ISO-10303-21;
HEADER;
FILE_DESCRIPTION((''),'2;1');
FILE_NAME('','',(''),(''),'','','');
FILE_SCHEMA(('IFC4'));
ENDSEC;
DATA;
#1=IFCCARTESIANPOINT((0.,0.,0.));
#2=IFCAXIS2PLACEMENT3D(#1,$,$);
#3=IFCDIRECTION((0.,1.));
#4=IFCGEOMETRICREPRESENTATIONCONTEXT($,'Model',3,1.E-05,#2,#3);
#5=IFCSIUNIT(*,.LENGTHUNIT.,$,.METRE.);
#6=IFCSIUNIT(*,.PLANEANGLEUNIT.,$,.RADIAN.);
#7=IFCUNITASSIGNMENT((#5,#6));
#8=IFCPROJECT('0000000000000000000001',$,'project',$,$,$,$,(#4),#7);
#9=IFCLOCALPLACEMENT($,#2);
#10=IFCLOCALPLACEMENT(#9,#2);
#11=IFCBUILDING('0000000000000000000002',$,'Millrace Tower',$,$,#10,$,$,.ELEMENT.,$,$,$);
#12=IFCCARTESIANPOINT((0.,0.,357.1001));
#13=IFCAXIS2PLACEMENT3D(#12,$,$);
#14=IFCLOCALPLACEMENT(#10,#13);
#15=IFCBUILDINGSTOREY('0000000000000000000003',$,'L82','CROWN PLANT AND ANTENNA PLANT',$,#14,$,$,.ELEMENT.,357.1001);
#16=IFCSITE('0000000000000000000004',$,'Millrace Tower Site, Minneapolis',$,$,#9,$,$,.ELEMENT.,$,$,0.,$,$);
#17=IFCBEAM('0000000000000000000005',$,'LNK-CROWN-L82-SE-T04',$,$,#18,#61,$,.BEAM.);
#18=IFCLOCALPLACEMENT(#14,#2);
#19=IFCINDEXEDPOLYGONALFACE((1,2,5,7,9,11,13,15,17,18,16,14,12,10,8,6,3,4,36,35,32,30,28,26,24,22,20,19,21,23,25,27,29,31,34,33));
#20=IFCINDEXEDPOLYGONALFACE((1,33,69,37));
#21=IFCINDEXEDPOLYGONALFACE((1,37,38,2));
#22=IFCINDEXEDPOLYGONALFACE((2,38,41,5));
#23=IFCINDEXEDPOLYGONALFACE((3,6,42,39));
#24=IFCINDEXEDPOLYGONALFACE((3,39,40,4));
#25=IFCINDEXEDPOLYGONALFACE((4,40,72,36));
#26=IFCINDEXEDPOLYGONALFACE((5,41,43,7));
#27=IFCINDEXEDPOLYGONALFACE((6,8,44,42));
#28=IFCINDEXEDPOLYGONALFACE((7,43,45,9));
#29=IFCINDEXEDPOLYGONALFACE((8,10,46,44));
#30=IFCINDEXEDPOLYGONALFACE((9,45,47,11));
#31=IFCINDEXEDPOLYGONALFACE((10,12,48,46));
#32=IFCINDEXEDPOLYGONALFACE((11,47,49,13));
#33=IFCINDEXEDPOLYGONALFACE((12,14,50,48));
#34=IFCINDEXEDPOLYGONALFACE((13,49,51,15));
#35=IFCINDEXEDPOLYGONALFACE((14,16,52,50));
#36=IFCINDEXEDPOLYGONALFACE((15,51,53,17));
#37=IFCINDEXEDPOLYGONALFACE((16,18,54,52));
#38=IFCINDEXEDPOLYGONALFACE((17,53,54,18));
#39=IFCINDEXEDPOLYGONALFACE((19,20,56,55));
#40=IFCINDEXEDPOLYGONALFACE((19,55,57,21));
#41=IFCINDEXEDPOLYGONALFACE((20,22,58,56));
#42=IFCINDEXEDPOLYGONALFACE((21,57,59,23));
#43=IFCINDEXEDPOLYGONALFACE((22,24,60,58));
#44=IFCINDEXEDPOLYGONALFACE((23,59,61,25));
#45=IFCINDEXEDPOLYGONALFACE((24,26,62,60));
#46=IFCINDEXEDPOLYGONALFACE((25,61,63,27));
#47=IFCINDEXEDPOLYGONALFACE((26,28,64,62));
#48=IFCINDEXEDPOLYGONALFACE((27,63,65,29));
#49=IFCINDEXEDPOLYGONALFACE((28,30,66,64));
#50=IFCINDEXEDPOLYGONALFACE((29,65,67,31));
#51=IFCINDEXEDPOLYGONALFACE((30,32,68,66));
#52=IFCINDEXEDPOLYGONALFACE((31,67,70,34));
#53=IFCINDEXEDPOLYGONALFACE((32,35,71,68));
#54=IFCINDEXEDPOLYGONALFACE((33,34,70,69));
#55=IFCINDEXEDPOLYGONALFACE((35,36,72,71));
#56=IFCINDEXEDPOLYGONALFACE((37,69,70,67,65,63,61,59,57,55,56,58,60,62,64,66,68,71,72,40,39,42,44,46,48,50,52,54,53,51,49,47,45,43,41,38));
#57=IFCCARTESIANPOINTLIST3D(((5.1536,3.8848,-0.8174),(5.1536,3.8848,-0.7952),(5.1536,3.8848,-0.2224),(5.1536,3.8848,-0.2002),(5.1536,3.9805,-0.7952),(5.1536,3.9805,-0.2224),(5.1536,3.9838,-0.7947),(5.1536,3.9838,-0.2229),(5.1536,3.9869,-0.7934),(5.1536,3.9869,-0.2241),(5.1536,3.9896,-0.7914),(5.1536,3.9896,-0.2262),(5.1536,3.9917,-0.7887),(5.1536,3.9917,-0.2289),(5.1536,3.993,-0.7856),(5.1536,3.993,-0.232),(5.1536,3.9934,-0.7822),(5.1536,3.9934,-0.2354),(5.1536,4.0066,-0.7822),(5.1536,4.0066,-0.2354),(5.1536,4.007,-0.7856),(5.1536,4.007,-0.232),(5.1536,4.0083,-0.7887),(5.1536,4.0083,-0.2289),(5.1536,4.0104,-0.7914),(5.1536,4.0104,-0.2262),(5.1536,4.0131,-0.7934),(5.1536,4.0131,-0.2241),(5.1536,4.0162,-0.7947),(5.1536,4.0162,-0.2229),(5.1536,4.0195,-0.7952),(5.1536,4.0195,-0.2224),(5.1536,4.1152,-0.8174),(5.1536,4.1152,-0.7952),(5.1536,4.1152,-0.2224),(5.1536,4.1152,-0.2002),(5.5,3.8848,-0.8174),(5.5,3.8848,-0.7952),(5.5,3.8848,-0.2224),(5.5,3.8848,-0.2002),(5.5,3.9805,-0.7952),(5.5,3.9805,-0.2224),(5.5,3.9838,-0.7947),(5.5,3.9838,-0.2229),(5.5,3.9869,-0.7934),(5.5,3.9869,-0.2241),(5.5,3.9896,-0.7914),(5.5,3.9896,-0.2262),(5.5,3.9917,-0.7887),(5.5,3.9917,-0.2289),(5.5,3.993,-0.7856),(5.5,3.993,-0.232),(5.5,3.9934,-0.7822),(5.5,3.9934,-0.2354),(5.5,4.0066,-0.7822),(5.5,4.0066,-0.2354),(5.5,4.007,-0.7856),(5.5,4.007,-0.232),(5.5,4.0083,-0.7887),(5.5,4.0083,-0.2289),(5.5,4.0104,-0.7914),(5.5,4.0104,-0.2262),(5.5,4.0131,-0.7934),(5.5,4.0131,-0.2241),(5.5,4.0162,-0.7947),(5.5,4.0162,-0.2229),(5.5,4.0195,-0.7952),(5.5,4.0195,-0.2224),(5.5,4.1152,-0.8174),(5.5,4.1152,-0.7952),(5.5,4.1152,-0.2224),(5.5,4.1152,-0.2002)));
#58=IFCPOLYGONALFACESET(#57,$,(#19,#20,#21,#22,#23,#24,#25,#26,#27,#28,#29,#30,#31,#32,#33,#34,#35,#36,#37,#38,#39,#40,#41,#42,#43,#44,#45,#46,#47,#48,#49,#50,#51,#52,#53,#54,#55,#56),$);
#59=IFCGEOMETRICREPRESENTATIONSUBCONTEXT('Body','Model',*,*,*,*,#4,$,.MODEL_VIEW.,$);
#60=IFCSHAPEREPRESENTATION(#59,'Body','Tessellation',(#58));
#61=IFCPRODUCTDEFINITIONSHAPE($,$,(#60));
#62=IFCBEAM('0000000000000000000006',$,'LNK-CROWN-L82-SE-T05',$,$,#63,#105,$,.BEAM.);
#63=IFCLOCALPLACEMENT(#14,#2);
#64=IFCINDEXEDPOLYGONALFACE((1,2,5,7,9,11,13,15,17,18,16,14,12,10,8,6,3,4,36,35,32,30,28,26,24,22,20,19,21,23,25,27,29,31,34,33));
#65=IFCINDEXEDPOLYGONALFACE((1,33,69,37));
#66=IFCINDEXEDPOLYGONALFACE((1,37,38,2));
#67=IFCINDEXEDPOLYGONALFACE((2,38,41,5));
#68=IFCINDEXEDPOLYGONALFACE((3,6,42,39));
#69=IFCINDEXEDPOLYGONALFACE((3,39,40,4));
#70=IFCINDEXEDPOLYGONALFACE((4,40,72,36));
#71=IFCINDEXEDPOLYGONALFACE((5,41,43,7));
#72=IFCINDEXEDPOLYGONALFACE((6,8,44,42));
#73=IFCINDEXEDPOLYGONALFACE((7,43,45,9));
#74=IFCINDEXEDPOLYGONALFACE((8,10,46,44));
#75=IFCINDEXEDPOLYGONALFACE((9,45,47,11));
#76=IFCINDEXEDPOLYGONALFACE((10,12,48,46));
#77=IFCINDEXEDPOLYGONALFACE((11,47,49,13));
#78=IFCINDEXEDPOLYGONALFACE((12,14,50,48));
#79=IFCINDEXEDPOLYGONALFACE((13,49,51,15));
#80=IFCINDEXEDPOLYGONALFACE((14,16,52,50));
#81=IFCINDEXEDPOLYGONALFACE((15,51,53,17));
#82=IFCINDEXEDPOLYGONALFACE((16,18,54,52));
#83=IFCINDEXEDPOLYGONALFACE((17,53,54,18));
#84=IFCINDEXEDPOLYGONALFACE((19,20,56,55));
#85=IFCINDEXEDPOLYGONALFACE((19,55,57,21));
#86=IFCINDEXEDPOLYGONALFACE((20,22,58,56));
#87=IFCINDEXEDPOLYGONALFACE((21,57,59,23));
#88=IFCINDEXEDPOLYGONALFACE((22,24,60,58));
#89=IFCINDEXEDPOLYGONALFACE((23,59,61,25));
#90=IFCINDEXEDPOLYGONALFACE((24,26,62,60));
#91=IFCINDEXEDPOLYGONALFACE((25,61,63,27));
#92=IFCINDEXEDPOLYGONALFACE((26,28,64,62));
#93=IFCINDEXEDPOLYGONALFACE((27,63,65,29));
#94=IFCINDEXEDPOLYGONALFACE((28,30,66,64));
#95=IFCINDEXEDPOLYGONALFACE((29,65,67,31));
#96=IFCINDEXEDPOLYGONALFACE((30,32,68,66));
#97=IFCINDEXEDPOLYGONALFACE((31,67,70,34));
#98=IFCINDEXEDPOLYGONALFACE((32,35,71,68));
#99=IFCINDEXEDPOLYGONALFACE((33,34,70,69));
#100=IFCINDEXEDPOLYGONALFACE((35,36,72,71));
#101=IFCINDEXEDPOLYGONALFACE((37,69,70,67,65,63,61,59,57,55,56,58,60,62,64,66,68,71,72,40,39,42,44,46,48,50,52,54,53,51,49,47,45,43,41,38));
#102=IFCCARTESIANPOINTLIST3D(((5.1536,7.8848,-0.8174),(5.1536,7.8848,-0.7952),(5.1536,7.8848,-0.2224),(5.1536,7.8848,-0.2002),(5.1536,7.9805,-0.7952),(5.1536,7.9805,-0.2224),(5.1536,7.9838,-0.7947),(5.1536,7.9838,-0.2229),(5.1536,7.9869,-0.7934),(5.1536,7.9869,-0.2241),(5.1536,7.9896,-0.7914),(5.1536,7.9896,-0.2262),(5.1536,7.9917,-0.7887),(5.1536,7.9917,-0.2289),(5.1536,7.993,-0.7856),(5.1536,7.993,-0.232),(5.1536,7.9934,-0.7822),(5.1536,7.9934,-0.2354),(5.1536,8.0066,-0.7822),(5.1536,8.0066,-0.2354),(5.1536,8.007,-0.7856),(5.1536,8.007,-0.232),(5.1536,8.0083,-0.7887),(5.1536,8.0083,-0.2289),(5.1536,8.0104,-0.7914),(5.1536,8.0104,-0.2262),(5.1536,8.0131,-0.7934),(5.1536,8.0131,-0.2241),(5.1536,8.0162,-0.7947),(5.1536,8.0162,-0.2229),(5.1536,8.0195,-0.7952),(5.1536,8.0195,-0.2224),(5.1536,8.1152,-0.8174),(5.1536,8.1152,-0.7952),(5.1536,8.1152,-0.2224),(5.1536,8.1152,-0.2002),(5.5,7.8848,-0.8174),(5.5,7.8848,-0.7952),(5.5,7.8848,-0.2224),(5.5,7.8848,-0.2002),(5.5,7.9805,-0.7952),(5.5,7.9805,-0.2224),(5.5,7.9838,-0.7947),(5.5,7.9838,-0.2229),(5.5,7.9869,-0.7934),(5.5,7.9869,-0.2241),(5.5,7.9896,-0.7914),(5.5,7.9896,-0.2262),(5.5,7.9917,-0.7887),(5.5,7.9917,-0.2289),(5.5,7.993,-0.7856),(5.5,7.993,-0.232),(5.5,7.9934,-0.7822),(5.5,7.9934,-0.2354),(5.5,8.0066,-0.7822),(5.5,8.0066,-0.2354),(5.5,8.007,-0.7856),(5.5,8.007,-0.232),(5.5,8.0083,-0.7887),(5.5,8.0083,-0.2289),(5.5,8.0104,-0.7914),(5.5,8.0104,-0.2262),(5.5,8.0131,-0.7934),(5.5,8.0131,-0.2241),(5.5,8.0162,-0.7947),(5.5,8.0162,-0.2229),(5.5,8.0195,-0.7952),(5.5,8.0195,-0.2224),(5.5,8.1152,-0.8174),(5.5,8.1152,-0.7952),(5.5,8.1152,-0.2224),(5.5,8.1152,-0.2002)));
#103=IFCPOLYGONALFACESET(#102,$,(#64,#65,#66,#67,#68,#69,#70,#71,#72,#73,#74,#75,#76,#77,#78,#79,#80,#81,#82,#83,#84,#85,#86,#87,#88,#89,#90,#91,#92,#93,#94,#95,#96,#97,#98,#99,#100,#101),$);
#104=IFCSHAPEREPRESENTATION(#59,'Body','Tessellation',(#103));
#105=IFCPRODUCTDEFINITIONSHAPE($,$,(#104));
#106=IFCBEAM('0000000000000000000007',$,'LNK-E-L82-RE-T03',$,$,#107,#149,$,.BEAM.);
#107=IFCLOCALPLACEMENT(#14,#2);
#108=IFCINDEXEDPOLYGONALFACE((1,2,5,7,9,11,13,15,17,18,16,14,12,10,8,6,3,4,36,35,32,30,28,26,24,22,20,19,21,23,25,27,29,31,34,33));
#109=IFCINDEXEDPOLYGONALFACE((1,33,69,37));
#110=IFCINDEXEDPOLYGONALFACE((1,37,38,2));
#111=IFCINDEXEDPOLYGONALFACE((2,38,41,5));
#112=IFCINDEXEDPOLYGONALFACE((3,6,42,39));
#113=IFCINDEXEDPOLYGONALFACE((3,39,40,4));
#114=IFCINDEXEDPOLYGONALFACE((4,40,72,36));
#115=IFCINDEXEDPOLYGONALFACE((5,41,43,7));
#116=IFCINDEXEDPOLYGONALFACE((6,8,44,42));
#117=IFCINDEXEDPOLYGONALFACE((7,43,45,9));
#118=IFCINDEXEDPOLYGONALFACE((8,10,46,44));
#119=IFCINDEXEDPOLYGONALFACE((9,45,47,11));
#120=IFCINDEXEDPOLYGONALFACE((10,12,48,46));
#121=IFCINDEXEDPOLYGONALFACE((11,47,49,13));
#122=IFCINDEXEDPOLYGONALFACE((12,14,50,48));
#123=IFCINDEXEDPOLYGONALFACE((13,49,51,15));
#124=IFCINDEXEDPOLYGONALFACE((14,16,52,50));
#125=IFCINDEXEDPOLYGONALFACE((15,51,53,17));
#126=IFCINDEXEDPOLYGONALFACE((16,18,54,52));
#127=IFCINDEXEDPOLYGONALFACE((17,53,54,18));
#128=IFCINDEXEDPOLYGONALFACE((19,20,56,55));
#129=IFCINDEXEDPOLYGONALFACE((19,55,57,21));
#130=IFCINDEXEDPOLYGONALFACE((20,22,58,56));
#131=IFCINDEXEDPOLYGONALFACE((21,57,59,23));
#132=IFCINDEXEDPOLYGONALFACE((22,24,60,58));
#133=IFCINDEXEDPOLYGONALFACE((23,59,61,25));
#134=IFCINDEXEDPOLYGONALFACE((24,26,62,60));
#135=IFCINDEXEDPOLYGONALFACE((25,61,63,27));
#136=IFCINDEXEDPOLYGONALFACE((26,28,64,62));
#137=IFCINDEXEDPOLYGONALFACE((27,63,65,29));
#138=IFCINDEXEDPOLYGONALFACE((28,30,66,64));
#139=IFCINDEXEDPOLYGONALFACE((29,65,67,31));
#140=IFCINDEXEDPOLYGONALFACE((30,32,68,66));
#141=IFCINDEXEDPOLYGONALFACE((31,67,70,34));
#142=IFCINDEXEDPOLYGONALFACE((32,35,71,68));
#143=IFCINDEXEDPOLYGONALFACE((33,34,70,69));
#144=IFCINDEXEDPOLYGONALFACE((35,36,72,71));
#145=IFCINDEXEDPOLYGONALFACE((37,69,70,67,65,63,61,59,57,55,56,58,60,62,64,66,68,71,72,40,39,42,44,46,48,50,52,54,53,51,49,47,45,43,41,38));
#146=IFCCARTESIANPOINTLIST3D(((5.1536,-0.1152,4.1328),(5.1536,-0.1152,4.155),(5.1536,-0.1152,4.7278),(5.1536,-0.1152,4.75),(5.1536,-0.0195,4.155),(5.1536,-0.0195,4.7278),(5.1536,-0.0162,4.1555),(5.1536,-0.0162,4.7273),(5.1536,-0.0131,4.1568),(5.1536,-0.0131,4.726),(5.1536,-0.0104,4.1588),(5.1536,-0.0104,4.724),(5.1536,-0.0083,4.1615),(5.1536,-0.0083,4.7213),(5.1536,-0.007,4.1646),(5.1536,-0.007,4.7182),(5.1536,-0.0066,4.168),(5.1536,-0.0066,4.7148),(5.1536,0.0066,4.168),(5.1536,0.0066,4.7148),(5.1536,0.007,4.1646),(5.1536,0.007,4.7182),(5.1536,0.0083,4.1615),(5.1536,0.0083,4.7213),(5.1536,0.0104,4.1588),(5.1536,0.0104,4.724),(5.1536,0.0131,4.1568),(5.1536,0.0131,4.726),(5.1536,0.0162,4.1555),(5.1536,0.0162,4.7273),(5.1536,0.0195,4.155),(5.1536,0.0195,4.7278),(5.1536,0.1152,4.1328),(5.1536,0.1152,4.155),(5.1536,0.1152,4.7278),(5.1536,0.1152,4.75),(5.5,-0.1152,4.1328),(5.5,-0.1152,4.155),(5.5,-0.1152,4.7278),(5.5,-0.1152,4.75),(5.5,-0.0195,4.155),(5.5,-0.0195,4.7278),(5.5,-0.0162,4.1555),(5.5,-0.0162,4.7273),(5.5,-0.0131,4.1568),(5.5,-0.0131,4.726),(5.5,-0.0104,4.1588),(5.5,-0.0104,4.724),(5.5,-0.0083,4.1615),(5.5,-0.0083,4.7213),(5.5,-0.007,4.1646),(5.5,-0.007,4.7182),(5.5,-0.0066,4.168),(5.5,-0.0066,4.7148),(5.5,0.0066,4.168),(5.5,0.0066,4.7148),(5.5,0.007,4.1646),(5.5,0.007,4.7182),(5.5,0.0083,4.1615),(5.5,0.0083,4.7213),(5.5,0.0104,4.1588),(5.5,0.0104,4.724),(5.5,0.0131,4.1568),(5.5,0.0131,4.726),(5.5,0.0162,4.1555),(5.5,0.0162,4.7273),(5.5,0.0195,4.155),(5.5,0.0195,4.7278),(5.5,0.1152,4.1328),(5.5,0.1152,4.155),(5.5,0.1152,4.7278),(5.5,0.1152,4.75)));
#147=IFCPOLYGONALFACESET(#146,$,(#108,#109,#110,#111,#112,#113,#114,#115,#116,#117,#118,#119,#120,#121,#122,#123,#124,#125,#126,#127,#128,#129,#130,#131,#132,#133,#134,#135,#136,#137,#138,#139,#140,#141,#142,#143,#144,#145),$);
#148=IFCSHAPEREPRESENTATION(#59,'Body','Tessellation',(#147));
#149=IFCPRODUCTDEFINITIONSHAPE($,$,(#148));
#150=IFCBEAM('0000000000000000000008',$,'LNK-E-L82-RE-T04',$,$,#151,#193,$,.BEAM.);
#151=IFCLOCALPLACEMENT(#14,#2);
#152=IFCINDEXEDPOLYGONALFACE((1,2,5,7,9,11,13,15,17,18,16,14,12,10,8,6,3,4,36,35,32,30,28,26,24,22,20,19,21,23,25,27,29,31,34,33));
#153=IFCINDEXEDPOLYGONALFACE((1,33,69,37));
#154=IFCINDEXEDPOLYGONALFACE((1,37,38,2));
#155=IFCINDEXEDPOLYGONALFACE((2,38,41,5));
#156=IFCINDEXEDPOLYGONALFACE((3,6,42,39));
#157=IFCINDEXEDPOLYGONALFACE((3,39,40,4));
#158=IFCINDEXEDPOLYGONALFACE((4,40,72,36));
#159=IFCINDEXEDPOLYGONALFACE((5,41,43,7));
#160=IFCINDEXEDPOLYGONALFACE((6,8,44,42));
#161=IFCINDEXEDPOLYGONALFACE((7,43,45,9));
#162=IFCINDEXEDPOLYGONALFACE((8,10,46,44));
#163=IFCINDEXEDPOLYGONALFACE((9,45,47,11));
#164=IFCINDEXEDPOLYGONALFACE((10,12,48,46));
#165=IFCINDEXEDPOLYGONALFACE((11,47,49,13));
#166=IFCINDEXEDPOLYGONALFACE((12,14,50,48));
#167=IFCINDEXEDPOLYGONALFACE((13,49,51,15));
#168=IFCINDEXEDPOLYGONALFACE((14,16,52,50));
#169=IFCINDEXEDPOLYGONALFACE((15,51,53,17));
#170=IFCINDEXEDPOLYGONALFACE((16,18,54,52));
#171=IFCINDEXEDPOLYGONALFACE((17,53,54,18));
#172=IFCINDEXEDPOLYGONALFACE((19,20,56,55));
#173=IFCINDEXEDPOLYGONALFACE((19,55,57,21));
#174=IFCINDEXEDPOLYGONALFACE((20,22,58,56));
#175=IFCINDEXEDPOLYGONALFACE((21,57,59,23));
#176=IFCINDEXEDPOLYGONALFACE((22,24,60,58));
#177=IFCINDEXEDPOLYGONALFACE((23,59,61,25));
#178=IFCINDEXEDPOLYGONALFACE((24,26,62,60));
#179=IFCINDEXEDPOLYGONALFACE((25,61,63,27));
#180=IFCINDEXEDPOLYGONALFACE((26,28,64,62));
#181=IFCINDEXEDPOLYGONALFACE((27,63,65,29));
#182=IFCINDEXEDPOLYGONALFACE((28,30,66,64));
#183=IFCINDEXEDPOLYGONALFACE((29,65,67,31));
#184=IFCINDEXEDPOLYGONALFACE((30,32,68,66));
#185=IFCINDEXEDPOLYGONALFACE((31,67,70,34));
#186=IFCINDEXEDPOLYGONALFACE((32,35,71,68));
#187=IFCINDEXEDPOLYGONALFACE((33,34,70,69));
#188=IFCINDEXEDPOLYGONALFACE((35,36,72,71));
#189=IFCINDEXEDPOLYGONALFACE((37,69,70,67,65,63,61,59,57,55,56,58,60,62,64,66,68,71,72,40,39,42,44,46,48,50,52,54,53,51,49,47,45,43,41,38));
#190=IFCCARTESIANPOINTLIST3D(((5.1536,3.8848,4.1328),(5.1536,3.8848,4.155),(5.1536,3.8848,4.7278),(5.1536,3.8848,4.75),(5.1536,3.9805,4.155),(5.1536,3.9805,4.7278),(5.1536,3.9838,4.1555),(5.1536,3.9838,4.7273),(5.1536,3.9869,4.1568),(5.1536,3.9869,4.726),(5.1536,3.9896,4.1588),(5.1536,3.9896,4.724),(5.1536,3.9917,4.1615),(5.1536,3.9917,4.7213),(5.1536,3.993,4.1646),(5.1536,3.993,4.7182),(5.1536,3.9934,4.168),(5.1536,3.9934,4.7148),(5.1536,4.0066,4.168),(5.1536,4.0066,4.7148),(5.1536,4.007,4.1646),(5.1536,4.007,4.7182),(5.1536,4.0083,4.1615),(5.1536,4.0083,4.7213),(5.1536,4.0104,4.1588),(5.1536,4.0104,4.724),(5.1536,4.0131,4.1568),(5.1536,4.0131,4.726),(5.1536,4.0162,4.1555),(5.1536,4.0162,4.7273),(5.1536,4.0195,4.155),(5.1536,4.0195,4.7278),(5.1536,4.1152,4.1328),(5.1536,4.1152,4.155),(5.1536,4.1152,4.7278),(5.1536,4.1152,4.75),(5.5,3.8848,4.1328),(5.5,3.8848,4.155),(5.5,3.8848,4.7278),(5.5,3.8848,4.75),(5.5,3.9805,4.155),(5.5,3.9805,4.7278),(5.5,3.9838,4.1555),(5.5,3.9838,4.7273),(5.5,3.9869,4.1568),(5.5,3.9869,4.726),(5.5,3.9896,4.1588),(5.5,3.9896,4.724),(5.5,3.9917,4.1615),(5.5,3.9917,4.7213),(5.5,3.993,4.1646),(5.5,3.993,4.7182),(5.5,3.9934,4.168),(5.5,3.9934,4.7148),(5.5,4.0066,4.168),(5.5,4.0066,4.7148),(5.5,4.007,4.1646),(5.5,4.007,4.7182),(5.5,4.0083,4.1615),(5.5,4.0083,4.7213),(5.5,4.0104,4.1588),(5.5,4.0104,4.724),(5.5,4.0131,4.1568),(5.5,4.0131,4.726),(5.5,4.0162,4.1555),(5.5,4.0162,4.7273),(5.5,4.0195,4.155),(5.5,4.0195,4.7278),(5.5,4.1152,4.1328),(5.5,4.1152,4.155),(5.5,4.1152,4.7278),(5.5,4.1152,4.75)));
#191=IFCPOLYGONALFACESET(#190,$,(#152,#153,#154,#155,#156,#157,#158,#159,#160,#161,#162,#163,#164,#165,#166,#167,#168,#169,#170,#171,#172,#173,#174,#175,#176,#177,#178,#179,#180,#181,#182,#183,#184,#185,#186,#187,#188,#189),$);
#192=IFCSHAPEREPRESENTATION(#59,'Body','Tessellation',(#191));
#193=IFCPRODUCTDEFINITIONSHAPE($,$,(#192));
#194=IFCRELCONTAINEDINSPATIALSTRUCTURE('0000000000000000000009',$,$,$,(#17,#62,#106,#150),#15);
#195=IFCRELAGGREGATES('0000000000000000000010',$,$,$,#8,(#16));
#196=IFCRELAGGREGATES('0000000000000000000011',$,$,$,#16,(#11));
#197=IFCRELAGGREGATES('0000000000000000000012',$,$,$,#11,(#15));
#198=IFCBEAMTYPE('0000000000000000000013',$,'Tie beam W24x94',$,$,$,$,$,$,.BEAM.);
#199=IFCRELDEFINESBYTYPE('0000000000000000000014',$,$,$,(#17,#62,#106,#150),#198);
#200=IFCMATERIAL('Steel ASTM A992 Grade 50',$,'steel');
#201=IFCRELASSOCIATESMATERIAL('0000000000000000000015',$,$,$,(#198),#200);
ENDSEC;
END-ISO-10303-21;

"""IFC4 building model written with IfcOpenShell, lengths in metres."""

from ifc_helpers import new_model, si_unit, direction, frame, origin, origin_2d, place, context, subcontext, project, spatial, i_section, extrude, material, material_profile, profile_set, type_object, element, save


model = new_model("IFC4")

# Units and contexts
model_context = context("Model", 3, precision=1e-05, world=origin(), true_north=direction((0.0, 1.0)))
body_context = subcontext(model_context, "Body", "Model", "MODEL_VIEW")
ifc_project = project(units=[si_unit("LENGTHUNIT", "METRE"), si_unit("PLANEANGLEUNIT", "RADIAN")], contexts=[model_context])

# Site, building, storey
site_placement = place(None, origin())
site = spatial("IfcSite", under=ifc_project, at=site_placement, Name="Millrace Tower Site, Minneapolis", CompositionType="ELEMENT", RefElevation=0.0)
building_placement = place(site_placement, origin())
building = spatial("IfcBuilding", under=site, at=building_placement, Name="Millrace Tower", CompositionType="ELEMENT")
storey_placement = place(building_placement, frame((0.0, 0.0, 357.1001)))
storey = spatial("IfcBuildingStorey", under=building, at=storey_placement, Name="L82", Description="CROWN PLANT AND ANTENNA PLANT", CompositionType="ELEMENT", Elevation=357.1001)

# Beams
ifc_material_1 = material(Name="Steel ASTM A992 Grade 50", Category="steel")
ifc_material_profile_1 = material_profile(ifc_material_1, i_section(OverallWidth=0.2305, OverallDepth=0.6172, WebThickness=0.0132, FlangeThickness=0.0222, FilletRadius=0.0129, at=origin_2d()))
ifc_profile_set_1 = profile_set([ifc_material_profile_1], Name="Steel ASTM A992 Grade 50")
beam_type_1 = type_object("IfcBeamType", Name="Tie beam W24x94", PredefinedType="BEAM", material=ifc_profile_set_1)
for number, where, z_axis, x_axis, name in (
    (1, (5.1536, 4.0, -0.5088), (1.0, 0.0, 0.0), (0.0, 1.0, 0.0), "LNK-CROWN-L82-SE-T04"),
    (2, (5.1536, 8.0, -0.5088), (1.0, 0.0, 0.0), (0.0, 1.0, 0.0), "LNK-CROWN-L82-SE-T05"),
    (3, (5.1536, 0.0, 4.4414), (1.0, 0.0, 0.0), (0.0, 1.0, 0.0), "LNK-E-L82-RE-T03"),
    (4, (5.1536, 4.0, 4.4414), (1.0, 0.0, 0.0), (0.0, 1.0, 0.0), "LNK-E-L82-RE-T04"),
):
    element("IfcBeam", number, at=place(storey_placement, frame(where, z_axis=z_axis, x_axis=x_axis)), inside=storey, type_object=beam_type_1, Name=name, PredefinedType="BEAM", context=body_context, shape_type="SweptSolid", body=[
        extrude(i_section(OverallWidth=0.2305, OverallDepth=0.6172, WebThickness=0.0132, FlangeThickness=0.0222, FilletRadius=0.0129, at=origin_2d()), origin(), (0.0, 0.0, 1.0), 0.3464),
    ])

save(model, "model.ifc")
